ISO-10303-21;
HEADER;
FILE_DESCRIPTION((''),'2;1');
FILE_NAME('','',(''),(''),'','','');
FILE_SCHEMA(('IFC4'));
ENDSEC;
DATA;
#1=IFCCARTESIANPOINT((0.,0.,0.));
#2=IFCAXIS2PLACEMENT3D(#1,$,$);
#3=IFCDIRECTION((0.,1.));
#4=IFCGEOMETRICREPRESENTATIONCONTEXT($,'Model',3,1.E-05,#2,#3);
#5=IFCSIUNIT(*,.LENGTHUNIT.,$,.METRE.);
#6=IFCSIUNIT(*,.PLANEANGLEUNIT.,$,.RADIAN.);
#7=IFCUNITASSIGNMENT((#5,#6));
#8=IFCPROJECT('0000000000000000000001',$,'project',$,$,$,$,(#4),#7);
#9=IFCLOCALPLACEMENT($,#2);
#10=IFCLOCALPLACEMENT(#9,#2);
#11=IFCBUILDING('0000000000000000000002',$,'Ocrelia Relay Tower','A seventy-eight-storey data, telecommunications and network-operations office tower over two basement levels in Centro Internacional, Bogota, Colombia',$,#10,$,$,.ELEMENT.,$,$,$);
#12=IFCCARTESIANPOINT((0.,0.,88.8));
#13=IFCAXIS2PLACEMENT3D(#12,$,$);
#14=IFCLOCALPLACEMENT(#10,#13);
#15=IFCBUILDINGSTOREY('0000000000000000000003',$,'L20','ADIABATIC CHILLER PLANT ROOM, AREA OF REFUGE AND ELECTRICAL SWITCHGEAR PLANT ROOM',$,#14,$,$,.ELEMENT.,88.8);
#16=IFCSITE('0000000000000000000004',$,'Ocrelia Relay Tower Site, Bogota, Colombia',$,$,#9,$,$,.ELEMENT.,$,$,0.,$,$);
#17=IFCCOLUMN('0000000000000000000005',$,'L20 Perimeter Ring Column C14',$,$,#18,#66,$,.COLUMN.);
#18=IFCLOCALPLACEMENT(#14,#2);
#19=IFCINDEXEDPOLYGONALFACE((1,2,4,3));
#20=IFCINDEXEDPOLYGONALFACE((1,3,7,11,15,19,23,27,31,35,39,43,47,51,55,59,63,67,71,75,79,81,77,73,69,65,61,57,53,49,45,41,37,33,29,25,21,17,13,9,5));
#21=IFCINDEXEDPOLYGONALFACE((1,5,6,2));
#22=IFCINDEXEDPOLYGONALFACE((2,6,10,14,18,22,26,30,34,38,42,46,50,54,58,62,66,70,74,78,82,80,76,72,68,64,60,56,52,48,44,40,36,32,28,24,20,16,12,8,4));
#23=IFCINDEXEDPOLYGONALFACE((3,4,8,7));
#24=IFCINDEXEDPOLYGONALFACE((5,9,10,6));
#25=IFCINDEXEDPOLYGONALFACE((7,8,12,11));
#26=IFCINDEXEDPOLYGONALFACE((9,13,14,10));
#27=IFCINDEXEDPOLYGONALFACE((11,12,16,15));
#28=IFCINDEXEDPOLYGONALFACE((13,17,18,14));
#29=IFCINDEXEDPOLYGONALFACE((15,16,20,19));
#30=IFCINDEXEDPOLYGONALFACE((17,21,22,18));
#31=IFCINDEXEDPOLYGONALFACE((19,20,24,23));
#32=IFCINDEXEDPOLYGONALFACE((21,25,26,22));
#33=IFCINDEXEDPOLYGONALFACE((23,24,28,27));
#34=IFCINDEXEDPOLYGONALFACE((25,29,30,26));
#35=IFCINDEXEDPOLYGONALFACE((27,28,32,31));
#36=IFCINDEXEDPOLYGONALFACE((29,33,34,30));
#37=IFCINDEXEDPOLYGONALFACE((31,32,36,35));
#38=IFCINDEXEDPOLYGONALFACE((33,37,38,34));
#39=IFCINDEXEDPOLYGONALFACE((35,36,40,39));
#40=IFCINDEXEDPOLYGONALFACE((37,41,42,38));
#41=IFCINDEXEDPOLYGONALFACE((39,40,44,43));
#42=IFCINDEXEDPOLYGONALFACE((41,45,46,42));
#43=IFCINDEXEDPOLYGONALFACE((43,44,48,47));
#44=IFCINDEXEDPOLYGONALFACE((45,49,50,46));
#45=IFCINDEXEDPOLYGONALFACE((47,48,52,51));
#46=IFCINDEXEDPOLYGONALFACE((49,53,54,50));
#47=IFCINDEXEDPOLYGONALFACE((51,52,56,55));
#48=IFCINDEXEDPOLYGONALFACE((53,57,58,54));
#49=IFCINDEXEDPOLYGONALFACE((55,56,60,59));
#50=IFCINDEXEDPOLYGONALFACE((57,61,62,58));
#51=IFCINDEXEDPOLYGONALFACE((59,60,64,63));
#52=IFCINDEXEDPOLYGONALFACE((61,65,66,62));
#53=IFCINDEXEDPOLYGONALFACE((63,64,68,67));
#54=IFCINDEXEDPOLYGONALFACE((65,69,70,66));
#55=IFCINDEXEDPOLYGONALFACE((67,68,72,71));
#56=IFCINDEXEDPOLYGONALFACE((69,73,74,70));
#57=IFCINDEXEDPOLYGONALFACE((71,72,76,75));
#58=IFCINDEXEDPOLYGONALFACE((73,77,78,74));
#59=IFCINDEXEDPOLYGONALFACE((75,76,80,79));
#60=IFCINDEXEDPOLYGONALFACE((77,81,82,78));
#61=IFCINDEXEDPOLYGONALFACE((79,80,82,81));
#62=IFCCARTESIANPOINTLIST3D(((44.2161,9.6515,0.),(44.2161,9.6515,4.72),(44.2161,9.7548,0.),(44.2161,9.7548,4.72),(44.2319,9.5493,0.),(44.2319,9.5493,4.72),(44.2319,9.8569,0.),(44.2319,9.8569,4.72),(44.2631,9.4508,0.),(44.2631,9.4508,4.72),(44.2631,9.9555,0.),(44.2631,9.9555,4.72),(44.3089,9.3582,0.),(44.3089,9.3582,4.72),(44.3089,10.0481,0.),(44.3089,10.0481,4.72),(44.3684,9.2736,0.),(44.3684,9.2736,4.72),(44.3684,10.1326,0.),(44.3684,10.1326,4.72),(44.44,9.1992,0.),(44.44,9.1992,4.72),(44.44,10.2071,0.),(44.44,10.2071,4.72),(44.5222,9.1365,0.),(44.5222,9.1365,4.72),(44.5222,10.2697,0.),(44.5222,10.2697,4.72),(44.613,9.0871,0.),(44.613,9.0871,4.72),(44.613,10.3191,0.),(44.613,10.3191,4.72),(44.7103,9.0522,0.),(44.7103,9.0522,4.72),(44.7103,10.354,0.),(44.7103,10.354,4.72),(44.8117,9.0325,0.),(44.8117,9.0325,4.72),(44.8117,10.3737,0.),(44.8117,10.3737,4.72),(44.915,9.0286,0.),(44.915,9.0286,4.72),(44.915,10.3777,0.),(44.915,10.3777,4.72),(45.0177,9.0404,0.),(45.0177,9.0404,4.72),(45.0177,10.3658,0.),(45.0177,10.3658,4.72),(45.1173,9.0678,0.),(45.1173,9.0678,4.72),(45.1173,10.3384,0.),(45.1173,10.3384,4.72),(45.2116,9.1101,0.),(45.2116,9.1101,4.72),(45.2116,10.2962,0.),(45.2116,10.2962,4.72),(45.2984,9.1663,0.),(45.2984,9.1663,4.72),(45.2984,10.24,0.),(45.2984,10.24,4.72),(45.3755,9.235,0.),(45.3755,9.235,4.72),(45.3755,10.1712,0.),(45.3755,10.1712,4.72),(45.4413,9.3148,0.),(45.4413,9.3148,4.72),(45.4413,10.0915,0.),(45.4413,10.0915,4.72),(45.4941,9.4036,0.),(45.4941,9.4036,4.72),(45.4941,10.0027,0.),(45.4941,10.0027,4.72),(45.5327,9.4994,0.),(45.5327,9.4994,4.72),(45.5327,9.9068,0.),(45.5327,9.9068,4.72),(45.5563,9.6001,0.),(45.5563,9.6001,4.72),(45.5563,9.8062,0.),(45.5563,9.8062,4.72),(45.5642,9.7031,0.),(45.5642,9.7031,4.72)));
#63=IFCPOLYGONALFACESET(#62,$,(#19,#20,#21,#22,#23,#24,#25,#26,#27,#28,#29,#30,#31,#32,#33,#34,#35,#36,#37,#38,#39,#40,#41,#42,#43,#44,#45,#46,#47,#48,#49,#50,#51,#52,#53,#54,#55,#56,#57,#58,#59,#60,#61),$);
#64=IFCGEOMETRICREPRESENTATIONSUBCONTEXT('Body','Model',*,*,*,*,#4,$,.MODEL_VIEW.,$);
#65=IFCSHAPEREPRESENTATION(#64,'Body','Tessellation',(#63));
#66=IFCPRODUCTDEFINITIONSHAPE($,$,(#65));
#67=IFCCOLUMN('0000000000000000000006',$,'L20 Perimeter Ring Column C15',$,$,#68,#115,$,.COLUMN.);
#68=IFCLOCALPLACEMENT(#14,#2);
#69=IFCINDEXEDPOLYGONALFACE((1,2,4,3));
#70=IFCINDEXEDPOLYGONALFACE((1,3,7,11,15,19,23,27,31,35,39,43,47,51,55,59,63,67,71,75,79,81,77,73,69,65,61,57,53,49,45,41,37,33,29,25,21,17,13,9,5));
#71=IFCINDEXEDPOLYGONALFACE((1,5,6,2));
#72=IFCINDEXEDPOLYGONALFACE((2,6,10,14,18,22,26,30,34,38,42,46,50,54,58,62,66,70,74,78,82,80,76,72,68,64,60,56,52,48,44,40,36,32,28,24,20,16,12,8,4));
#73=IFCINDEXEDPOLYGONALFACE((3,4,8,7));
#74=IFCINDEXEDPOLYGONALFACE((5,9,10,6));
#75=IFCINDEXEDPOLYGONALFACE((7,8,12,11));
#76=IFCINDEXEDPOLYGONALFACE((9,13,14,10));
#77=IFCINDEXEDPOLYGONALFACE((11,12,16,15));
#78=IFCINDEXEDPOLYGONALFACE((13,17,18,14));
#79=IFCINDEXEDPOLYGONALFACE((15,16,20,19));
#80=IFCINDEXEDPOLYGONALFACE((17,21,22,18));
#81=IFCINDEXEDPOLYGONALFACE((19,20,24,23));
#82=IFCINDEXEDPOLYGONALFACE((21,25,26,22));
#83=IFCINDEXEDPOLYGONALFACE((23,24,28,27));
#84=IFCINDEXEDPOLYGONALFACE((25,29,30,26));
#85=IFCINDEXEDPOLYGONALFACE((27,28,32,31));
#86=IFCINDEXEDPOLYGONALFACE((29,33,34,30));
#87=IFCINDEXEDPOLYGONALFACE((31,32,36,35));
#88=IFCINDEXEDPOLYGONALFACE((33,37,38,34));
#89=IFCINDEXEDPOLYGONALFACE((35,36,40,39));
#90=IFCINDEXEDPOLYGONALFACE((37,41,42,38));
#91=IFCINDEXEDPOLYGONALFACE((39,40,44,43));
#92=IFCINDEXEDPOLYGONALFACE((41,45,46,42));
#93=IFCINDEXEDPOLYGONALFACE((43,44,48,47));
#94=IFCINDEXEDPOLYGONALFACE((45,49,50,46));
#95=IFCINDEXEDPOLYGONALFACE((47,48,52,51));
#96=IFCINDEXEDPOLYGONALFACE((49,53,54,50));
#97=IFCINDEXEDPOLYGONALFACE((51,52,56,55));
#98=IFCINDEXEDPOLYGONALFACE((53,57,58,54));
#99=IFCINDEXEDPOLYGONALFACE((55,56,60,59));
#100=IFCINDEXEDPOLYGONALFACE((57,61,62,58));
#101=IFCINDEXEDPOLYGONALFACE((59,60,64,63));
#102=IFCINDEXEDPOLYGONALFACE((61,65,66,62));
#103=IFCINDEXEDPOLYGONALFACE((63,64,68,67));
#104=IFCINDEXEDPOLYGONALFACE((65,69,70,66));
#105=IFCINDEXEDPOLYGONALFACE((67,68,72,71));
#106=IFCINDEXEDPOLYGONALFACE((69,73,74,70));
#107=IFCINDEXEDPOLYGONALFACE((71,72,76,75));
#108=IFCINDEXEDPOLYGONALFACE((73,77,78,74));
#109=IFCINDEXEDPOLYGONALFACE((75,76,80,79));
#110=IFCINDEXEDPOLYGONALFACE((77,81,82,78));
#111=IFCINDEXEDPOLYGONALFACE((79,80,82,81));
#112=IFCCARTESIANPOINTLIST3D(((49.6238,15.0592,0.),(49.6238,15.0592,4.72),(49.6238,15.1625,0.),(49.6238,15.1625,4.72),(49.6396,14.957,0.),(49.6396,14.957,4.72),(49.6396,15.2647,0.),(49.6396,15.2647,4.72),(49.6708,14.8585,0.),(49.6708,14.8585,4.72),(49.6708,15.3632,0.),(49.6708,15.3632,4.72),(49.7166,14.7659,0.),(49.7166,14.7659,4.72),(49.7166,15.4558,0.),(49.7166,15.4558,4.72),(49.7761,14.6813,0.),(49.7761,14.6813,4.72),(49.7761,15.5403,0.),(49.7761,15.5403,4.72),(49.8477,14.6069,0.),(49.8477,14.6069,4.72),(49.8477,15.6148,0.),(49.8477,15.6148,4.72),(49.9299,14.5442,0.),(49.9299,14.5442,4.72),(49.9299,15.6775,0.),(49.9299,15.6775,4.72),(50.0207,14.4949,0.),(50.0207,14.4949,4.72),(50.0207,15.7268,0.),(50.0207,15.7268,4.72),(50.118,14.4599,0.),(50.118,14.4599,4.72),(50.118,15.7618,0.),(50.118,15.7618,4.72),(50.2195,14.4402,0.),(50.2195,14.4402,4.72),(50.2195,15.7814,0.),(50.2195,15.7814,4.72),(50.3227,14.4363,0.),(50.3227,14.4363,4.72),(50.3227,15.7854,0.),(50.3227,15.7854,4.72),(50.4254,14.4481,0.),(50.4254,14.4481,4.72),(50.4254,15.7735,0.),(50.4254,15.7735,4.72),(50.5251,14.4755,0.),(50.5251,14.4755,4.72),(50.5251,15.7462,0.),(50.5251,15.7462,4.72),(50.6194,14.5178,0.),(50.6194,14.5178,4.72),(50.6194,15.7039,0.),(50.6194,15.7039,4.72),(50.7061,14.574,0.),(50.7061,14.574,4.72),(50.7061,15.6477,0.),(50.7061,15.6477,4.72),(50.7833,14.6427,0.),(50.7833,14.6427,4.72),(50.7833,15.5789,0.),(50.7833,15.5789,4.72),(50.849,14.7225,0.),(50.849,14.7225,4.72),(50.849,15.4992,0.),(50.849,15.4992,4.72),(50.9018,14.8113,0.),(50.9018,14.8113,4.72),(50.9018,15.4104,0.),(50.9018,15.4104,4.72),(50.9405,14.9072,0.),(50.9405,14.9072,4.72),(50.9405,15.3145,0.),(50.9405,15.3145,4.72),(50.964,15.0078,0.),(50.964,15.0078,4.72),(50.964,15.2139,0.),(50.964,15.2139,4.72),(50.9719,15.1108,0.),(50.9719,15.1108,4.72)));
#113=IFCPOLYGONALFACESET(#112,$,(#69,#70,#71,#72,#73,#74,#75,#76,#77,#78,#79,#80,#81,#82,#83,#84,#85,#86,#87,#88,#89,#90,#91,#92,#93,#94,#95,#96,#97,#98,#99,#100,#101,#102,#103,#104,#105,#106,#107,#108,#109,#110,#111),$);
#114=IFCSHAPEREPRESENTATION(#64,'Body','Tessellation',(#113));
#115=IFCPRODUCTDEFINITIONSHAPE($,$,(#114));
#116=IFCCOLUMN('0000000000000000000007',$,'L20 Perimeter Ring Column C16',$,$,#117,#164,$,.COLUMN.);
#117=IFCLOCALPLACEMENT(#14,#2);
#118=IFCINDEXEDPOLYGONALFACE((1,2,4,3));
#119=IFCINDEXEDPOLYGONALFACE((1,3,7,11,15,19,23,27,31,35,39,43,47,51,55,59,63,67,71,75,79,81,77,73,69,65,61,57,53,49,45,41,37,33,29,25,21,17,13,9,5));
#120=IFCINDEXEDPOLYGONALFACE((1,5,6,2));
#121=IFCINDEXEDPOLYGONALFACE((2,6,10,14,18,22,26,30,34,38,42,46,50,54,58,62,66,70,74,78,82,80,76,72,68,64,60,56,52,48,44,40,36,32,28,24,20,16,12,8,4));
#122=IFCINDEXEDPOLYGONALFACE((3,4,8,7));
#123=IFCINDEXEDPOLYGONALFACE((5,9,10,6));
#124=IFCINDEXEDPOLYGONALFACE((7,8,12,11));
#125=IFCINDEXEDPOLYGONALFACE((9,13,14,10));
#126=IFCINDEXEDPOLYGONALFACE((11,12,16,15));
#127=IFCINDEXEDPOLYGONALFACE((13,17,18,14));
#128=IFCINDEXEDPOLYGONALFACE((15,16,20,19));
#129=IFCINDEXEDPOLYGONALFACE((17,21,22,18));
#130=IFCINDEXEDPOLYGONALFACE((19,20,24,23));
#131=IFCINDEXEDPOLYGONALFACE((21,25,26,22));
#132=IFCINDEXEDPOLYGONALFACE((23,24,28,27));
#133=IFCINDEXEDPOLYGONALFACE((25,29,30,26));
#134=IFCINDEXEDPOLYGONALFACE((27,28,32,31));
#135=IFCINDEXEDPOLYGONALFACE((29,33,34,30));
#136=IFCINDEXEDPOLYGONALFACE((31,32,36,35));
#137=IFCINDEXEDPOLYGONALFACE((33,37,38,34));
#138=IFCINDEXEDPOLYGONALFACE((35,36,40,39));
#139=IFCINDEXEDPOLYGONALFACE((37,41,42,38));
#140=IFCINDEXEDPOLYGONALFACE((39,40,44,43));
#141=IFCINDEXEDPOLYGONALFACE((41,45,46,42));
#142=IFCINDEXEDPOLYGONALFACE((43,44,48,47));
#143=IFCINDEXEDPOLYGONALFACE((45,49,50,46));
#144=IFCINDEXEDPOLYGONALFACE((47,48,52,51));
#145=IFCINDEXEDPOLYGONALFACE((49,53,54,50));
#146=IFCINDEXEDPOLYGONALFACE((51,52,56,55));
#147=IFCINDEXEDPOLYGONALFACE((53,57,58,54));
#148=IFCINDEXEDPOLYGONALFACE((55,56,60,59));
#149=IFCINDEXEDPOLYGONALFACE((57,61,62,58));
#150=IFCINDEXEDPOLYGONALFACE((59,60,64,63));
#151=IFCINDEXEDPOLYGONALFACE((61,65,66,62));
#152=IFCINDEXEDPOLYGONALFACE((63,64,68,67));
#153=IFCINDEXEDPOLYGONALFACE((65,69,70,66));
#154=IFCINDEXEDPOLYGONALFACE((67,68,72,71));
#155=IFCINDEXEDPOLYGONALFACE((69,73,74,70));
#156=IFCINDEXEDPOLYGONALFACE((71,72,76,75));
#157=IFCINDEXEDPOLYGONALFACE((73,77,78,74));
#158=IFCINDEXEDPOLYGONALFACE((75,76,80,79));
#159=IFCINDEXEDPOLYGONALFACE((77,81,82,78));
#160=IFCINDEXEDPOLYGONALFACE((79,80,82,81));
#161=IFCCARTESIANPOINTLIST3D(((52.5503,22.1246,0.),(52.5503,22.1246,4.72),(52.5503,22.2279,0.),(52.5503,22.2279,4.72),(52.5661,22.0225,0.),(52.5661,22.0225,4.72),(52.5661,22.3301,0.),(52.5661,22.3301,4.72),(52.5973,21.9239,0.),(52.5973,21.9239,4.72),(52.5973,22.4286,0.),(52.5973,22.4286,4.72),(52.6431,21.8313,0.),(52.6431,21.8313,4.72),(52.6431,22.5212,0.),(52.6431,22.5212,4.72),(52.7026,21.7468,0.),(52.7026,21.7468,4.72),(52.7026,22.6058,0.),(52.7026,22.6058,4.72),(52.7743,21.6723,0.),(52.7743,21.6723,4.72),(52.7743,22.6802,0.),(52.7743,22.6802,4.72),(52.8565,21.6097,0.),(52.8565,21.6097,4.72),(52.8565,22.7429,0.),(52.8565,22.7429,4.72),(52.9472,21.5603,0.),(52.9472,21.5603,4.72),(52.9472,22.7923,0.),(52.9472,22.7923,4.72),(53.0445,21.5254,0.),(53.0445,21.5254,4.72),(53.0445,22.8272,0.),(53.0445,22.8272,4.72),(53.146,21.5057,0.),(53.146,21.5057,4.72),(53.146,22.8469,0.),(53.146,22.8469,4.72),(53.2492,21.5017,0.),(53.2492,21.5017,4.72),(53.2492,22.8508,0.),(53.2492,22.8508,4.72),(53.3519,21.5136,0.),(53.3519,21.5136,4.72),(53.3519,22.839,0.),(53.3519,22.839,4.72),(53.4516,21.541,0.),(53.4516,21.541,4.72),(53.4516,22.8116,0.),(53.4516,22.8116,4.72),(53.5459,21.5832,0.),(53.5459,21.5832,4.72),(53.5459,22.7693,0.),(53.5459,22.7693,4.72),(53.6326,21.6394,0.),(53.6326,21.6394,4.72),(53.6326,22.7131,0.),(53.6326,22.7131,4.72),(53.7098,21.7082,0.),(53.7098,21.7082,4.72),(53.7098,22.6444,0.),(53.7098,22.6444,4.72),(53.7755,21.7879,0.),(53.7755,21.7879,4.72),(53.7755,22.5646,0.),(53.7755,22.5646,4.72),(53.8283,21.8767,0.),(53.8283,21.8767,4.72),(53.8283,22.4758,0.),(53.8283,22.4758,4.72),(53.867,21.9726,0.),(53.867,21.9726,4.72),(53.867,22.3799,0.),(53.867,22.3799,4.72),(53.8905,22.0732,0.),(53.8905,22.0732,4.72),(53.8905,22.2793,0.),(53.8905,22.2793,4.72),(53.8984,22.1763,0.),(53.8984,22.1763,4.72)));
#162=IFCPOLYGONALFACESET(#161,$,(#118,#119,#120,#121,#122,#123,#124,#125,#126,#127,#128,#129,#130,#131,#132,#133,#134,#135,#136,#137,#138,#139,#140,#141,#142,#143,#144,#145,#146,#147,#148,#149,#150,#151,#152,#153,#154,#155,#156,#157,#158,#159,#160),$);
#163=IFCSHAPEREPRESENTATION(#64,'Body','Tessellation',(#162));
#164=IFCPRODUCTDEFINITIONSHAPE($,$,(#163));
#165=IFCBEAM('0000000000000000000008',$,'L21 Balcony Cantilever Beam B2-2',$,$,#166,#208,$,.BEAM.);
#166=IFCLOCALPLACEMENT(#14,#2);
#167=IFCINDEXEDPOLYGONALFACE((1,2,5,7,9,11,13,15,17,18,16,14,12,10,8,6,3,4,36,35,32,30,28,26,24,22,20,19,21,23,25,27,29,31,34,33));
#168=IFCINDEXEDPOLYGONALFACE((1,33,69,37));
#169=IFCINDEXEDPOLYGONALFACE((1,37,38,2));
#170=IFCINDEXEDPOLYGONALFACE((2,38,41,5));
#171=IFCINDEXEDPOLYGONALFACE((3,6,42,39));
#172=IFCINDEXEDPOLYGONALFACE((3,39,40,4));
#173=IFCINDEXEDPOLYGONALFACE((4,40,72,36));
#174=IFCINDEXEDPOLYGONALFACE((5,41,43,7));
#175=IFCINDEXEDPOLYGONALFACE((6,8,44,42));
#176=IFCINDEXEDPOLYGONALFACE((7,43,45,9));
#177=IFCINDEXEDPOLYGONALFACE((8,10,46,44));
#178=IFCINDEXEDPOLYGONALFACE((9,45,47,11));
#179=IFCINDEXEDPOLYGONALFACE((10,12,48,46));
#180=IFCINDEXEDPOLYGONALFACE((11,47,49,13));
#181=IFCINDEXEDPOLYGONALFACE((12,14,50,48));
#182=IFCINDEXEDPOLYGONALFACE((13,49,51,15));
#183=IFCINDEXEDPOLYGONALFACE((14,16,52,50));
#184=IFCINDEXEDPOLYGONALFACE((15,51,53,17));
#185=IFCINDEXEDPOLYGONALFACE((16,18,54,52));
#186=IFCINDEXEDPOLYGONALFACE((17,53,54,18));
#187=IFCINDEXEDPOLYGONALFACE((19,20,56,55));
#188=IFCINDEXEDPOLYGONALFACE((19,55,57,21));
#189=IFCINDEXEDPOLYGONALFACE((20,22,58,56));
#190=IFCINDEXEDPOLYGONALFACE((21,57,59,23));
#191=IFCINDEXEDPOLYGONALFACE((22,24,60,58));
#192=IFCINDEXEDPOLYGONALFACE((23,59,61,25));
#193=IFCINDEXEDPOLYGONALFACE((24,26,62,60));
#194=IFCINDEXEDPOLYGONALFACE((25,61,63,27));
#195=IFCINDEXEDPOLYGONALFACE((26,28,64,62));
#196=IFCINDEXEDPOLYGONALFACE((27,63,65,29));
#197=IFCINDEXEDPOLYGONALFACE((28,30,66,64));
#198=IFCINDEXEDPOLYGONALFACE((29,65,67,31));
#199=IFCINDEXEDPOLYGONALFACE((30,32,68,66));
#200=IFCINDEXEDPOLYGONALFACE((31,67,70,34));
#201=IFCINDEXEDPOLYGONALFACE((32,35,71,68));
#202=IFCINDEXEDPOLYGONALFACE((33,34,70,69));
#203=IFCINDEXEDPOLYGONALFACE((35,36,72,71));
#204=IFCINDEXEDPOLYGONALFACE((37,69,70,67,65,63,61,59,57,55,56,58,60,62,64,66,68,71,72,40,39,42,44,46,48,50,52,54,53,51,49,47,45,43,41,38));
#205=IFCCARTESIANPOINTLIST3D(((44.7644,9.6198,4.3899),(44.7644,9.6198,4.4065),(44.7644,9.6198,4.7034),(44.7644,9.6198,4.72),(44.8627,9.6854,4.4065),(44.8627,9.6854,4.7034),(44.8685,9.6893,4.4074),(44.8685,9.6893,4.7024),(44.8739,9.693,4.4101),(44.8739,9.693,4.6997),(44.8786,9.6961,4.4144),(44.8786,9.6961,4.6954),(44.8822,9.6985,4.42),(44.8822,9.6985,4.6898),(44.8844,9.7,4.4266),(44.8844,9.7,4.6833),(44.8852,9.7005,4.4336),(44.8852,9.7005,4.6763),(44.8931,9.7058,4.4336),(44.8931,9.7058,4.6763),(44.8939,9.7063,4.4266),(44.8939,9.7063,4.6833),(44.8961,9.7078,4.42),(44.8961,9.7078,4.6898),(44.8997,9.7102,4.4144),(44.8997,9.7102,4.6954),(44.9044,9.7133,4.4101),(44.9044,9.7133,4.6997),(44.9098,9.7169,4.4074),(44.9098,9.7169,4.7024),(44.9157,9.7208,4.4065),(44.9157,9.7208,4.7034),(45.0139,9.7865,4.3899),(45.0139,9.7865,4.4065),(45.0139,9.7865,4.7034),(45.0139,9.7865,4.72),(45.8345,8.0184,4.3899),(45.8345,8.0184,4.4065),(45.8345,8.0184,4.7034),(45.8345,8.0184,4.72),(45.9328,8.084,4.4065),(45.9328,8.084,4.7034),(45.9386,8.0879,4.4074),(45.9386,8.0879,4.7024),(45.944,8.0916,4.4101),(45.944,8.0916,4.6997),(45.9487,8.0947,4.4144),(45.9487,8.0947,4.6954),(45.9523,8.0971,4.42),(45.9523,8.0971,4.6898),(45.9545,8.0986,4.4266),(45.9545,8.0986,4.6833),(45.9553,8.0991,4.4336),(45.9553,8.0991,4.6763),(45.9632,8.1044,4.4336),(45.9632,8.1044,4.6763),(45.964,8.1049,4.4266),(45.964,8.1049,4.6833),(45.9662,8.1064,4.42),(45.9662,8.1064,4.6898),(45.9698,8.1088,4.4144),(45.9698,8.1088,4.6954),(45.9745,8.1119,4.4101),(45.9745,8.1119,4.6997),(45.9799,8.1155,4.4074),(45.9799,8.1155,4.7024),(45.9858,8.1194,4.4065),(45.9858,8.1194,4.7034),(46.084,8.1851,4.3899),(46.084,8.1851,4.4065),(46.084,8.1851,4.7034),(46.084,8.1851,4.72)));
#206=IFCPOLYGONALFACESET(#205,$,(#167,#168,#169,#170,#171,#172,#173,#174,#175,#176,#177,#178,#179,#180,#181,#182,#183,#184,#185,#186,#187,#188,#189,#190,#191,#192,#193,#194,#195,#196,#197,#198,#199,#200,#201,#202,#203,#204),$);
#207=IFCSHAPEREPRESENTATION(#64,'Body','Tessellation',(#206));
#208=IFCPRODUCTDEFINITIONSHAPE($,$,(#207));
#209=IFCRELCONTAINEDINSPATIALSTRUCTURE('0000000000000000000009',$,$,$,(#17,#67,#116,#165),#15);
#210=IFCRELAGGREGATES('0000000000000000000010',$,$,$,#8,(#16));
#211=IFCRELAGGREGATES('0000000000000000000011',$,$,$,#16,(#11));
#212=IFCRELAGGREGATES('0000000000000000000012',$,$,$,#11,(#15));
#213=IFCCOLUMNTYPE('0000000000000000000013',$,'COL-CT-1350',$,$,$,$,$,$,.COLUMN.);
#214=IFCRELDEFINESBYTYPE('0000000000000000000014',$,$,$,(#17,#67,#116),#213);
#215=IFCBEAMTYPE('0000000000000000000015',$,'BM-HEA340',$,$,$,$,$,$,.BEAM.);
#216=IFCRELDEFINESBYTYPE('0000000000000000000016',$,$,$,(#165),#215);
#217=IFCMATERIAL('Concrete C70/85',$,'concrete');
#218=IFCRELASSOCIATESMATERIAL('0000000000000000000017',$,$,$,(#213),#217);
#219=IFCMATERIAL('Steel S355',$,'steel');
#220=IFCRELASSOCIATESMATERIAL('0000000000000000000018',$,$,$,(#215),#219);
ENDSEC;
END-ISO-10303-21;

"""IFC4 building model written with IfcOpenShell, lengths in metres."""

from ifc_helpers import new_model, si_unit, direction, frame, origin, origin_2d, place, context, subcontext, project, spatial, circle, i_section, extrude, material, material_profile, profile_set, type_object, element, save


model = new_model("IFC4")

# Units and contexts
model_context = context("Model", 3, precision=1e-05, world=origin(), true_north=direction((0.0, 1.0)))
body_context = subcontext(model_context, "Body", "Model", "MODEL_VIEW")
ifc_project = project(units=[si_unit("LENGTHUNIT", "METRE"), si_unit("PLANEANGLEUNIT", "RADIAN")], contexts=[model_context])

# Site, building, storey
site_placement = place(None, origin())
site = spatial("IfcSite", under=ifc_project, at=site_placement, Name="Ocrelia Relay Tower Site, Bogota, Colombia", CompositionType="ELEMENT", RefElevation=0.0)
building_placement = place(site_placement, origin())
building = spatial("IfcBuilding", under=site, at=building_placement, Name="Ocrelia Relay Tower", Description="A seventy-eight-storey data, telecommunications and network-operations office tower over two basement levels in Centro Internacional, Bogota, Colombia", CompositionType="ELEMENT")
storey_placement = place(building_placement, frame((0.0, 0.0, 88.8)))
storey = spatial("IfcBuildingStorey", under=building, at=storey_placement, Name="L20", Description="ADIABATIC CHILLER PLANT ROOM, AREA OF REFUGE AND ELECTRICAL SWITCHGEAR PLANT ROOM", CompositionType="ELEMENT", Elevation=88.8)

# Columns
ifc_material_1 = material(Name="Concrete C70/85", Category="concrete")
ifc_material_profile_1 = material_profile(ifc_material_1, circle(Radius=0.675, at=origin_2d()), Name="RC-CIR-1350")
ifc_profile_set_1 = profile_set([ifc_material_profile_1], Name="Concrete C70/85")
column_type = type_object("IfcColumnType", Name="COL-CT-1350", PredefinedType="COLUMN", material=ifc_profile_set_1)
for number, where, z_axis, x_axis, name in (
    (1, (44.8892, 9.7031, 0.0), (0.0, 0.0, 1.0), (1.0, 0.0, 0.0), "L20 Perimeter Ring Column C14"),
    (2, (50.2969, 15.1108, 0.0), (0.0, 0.0, 1.0), (1.0, 0.0, 0.0), "L20 Perimeter Ring Column C15"),
    (3, (53.2234, 22.1763, 0.0), (0.0, 0.0, 1.0), (1.0, 0.0, 0.0), "L20 Perimeter Ring Column C16"),
):
    element("IfcColumn", number, at=place(storey_placement, frame(where, z_axis=z_axis, x_axis=x_axis)), inside=storey, type_object=column_type, Name=name, PredefinedType="COLUMN", context=body_context, shape_type="SweptSolid", body=[
        extrude(circle(Radius=0.675, at=origin_2d()), origin(), (0.0, 0.0, 1.0), 4.72),
    ])

# Beam
ifc_material_2 = material(Name="Steel S355", Category="steel")
ifc_material_profile_2 = material_profile(ifc_material_2, i_section(OverallWidth=0.3, OverallDepth=0.3301, WebThickness=0.0095, FlangeThickness=0.0166, FilletRadius=0.0271, at=origin_2d()), Name="HEA 340")
ifc_profile_set_2 = profile_set([ifc_material_profile_2], Name="Steel S355")
beam_type_1 = type_object("IfcBeamType", Name="BM-HEA340", PredefinedType="BEAM", material=ifc_profile_set_2)
beam_1_placement = place(storey_placement, frame((44.8892, 9.7031, 4.5549), z_axis=(0.555607, -0.831445, 0.0), x_axis=(0.831445, 0.555607, 0.0)))
element("IfcBeam", 4, at=beam_1_placement, inside=storey, type_object=beam_type_1, Name="L21 Balcony Cantilever Beam B2-2", PredefinedType="BEAM", context=body_context, shape_type="SweptSolid", body=[
    extrude(i_section(OverallWidth=0.3, OverallDepth=0.3301, WebThickness=0.0095, FlangeThickness=0.0166, FilletRadius=0.0271, at=origin_2d()), origin(), (0.0, 0.0, 1.0), 1.926),
])

save(model, "model.ifc")
